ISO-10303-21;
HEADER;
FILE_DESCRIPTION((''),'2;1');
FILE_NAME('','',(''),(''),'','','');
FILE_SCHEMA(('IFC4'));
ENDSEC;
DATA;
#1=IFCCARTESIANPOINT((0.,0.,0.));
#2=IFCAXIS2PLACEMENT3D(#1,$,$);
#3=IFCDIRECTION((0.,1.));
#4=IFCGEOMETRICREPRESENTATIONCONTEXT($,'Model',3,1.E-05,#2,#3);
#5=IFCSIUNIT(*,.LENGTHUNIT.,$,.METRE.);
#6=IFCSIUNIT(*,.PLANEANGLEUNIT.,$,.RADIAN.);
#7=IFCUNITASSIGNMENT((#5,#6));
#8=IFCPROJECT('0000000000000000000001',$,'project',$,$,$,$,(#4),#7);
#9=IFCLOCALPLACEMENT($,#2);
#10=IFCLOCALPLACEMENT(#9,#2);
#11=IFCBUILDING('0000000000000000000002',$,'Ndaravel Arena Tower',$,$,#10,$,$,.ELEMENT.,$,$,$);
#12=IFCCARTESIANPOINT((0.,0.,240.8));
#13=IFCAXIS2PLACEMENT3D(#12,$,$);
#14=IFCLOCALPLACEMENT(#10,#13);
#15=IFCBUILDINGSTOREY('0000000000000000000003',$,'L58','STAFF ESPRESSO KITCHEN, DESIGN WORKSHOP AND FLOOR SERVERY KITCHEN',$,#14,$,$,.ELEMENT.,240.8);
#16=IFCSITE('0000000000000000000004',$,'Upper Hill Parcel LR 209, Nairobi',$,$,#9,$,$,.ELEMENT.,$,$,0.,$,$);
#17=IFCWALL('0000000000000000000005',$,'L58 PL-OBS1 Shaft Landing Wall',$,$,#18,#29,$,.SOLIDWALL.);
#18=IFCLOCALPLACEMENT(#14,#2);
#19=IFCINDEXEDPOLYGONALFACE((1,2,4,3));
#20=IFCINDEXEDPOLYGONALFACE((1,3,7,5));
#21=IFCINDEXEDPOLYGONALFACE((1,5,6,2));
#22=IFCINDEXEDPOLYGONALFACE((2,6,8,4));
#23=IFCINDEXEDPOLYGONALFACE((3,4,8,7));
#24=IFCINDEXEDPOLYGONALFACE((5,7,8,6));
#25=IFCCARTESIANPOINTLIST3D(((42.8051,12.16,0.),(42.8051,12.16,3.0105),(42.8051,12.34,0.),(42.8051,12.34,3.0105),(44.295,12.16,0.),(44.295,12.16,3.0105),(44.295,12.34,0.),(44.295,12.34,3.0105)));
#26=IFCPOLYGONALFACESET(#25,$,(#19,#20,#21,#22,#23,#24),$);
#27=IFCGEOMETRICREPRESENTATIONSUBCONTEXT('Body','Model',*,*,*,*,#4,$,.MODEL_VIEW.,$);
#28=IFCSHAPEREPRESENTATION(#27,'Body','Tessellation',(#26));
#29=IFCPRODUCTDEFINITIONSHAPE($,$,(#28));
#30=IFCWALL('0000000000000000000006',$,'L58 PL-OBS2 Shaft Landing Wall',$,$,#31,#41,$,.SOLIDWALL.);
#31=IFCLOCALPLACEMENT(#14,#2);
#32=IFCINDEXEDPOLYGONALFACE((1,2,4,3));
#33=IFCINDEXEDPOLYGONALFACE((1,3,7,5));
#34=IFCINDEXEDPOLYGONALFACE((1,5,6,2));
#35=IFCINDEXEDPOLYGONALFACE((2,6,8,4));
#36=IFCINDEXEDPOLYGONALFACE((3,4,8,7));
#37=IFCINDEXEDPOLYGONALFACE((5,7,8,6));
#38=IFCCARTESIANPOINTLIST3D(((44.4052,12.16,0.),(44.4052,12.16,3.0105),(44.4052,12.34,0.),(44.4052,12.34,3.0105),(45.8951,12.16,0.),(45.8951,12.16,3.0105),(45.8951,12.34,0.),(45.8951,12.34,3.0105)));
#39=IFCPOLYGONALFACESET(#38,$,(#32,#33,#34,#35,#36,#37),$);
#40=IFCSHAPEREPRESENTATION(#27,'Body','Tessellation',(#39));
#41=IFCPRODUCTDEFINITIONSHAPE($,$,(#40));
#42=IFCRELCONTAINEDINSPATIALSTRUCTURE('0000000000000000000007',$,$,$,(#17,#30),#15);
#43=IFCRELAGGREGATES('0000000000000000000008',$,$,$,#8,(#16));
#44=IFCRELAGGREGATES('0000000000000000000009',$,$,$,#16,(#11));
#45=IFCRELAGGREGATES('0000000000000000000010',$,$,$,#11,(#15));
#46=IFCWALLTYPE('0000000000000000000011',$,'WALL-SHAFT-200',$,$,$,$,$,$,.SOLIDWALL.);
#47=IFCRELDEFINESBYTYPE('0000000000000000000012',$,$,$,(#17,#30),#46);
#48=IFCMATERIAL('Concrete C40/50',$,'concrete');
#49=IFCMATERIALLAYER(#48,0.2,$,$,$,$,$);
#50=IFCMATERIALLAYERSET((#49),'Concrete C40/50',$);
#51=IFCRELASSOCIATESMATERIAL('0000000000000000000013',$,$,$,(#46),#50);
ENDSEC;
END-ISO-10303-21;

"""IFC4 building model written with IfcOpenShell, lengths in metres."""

from ifc_helpers import new_model, si_unit, direction, frame, frame_2d, origin, place, context, subcontext, project, spatial, rectangle, extrude, material, layer, layer_set, type_object, element, save


model = new_model("IFC4")

# Units and contexts
model_context = context("Model", 3, precision=1e-05, world=origin(), true_north=direction((0.0, 1.0)))
body_context = subcontext(model_context, "Body", "Model", "MODEL_VIEW")
ifc_project = project(units=[si_unit("LENGTHUNIT", "METRE"), si_unit("PLANEANGLEUNIT", "RADIAN")], contexts=[model_context])

# Site, building, storey
site_placement = place(None, origin())
site = spatial("IfcSite", under=ifc_project, at=site_placement, Name="Upper Hill Parcel LR 209, Nairobi", CompositionType="ELEMENT", RefElevation=0.0)
building_placement = place(site_placement, origin())
building = spatial("IfcBuilding", under=site, at=building_placement, Name="Ndaravel Arena Tower", CompositionType="ELEMENT")
storey_placement = place(building_placement, frame((0.0, 0.0, 240.8)))
storey = spatial("IfcBuildingStorey", under=building, at=storey_placement, Name="L58", Description="STAFF ESPRESSO KITCHEN, DESIGN WORKSHOP AND FLOOR SERVERY KITCHEN", CompositionType="ELEMENT", Elevation=240.8)

# Shared definitions
ifc_material_1 = material(Name="Concrete C40/50", Category="concrete")
ifc_layer_1 = layer(ifc_material_1, 0.2)
ifc_layer_set_1 = layer_set([ifc_layer_1], Name="Concrete C40/50")
wall_type_1 = type_object("IfcWallType", Name="WALL-SHAFT-200", PredefinedType="SOLIDWALL", material=ifc_layer_set_1)

# Walls
for number, where, z_axis, x_axis, name in (
    (1, (42.8049, 12.25, 0.0), (0.0, 0.0, 1.0), (1.0, 0.0, 0.0), "L58 PL-OBS1 Shaft Landing Wall"),
    (2, (44.405, 12.25, 0.0), (0.0, 0.0, 1.0), (1.0, 0.0, 0.0), "L58 PL-OBS2 Shaft Landing Wall"),
):
    element("IfcWall", number, at=place(storey_placement, frame(where, z_axis=z_axis, x_axis=x_axis)), inside=storey, type_object=wall_type_1, Name=name, PredefinedType="SOLIDWALL", context=body_context, shape_type="SweptSolid", body=[
        extrude(rectangle(XDim=1.49, YDim=0.1799, at=frame_2d((0.7451, 0.0))), origin(), (0.0, 0.0, 1.0), 3.0105),
    ])

save(model, "model.ifc")
